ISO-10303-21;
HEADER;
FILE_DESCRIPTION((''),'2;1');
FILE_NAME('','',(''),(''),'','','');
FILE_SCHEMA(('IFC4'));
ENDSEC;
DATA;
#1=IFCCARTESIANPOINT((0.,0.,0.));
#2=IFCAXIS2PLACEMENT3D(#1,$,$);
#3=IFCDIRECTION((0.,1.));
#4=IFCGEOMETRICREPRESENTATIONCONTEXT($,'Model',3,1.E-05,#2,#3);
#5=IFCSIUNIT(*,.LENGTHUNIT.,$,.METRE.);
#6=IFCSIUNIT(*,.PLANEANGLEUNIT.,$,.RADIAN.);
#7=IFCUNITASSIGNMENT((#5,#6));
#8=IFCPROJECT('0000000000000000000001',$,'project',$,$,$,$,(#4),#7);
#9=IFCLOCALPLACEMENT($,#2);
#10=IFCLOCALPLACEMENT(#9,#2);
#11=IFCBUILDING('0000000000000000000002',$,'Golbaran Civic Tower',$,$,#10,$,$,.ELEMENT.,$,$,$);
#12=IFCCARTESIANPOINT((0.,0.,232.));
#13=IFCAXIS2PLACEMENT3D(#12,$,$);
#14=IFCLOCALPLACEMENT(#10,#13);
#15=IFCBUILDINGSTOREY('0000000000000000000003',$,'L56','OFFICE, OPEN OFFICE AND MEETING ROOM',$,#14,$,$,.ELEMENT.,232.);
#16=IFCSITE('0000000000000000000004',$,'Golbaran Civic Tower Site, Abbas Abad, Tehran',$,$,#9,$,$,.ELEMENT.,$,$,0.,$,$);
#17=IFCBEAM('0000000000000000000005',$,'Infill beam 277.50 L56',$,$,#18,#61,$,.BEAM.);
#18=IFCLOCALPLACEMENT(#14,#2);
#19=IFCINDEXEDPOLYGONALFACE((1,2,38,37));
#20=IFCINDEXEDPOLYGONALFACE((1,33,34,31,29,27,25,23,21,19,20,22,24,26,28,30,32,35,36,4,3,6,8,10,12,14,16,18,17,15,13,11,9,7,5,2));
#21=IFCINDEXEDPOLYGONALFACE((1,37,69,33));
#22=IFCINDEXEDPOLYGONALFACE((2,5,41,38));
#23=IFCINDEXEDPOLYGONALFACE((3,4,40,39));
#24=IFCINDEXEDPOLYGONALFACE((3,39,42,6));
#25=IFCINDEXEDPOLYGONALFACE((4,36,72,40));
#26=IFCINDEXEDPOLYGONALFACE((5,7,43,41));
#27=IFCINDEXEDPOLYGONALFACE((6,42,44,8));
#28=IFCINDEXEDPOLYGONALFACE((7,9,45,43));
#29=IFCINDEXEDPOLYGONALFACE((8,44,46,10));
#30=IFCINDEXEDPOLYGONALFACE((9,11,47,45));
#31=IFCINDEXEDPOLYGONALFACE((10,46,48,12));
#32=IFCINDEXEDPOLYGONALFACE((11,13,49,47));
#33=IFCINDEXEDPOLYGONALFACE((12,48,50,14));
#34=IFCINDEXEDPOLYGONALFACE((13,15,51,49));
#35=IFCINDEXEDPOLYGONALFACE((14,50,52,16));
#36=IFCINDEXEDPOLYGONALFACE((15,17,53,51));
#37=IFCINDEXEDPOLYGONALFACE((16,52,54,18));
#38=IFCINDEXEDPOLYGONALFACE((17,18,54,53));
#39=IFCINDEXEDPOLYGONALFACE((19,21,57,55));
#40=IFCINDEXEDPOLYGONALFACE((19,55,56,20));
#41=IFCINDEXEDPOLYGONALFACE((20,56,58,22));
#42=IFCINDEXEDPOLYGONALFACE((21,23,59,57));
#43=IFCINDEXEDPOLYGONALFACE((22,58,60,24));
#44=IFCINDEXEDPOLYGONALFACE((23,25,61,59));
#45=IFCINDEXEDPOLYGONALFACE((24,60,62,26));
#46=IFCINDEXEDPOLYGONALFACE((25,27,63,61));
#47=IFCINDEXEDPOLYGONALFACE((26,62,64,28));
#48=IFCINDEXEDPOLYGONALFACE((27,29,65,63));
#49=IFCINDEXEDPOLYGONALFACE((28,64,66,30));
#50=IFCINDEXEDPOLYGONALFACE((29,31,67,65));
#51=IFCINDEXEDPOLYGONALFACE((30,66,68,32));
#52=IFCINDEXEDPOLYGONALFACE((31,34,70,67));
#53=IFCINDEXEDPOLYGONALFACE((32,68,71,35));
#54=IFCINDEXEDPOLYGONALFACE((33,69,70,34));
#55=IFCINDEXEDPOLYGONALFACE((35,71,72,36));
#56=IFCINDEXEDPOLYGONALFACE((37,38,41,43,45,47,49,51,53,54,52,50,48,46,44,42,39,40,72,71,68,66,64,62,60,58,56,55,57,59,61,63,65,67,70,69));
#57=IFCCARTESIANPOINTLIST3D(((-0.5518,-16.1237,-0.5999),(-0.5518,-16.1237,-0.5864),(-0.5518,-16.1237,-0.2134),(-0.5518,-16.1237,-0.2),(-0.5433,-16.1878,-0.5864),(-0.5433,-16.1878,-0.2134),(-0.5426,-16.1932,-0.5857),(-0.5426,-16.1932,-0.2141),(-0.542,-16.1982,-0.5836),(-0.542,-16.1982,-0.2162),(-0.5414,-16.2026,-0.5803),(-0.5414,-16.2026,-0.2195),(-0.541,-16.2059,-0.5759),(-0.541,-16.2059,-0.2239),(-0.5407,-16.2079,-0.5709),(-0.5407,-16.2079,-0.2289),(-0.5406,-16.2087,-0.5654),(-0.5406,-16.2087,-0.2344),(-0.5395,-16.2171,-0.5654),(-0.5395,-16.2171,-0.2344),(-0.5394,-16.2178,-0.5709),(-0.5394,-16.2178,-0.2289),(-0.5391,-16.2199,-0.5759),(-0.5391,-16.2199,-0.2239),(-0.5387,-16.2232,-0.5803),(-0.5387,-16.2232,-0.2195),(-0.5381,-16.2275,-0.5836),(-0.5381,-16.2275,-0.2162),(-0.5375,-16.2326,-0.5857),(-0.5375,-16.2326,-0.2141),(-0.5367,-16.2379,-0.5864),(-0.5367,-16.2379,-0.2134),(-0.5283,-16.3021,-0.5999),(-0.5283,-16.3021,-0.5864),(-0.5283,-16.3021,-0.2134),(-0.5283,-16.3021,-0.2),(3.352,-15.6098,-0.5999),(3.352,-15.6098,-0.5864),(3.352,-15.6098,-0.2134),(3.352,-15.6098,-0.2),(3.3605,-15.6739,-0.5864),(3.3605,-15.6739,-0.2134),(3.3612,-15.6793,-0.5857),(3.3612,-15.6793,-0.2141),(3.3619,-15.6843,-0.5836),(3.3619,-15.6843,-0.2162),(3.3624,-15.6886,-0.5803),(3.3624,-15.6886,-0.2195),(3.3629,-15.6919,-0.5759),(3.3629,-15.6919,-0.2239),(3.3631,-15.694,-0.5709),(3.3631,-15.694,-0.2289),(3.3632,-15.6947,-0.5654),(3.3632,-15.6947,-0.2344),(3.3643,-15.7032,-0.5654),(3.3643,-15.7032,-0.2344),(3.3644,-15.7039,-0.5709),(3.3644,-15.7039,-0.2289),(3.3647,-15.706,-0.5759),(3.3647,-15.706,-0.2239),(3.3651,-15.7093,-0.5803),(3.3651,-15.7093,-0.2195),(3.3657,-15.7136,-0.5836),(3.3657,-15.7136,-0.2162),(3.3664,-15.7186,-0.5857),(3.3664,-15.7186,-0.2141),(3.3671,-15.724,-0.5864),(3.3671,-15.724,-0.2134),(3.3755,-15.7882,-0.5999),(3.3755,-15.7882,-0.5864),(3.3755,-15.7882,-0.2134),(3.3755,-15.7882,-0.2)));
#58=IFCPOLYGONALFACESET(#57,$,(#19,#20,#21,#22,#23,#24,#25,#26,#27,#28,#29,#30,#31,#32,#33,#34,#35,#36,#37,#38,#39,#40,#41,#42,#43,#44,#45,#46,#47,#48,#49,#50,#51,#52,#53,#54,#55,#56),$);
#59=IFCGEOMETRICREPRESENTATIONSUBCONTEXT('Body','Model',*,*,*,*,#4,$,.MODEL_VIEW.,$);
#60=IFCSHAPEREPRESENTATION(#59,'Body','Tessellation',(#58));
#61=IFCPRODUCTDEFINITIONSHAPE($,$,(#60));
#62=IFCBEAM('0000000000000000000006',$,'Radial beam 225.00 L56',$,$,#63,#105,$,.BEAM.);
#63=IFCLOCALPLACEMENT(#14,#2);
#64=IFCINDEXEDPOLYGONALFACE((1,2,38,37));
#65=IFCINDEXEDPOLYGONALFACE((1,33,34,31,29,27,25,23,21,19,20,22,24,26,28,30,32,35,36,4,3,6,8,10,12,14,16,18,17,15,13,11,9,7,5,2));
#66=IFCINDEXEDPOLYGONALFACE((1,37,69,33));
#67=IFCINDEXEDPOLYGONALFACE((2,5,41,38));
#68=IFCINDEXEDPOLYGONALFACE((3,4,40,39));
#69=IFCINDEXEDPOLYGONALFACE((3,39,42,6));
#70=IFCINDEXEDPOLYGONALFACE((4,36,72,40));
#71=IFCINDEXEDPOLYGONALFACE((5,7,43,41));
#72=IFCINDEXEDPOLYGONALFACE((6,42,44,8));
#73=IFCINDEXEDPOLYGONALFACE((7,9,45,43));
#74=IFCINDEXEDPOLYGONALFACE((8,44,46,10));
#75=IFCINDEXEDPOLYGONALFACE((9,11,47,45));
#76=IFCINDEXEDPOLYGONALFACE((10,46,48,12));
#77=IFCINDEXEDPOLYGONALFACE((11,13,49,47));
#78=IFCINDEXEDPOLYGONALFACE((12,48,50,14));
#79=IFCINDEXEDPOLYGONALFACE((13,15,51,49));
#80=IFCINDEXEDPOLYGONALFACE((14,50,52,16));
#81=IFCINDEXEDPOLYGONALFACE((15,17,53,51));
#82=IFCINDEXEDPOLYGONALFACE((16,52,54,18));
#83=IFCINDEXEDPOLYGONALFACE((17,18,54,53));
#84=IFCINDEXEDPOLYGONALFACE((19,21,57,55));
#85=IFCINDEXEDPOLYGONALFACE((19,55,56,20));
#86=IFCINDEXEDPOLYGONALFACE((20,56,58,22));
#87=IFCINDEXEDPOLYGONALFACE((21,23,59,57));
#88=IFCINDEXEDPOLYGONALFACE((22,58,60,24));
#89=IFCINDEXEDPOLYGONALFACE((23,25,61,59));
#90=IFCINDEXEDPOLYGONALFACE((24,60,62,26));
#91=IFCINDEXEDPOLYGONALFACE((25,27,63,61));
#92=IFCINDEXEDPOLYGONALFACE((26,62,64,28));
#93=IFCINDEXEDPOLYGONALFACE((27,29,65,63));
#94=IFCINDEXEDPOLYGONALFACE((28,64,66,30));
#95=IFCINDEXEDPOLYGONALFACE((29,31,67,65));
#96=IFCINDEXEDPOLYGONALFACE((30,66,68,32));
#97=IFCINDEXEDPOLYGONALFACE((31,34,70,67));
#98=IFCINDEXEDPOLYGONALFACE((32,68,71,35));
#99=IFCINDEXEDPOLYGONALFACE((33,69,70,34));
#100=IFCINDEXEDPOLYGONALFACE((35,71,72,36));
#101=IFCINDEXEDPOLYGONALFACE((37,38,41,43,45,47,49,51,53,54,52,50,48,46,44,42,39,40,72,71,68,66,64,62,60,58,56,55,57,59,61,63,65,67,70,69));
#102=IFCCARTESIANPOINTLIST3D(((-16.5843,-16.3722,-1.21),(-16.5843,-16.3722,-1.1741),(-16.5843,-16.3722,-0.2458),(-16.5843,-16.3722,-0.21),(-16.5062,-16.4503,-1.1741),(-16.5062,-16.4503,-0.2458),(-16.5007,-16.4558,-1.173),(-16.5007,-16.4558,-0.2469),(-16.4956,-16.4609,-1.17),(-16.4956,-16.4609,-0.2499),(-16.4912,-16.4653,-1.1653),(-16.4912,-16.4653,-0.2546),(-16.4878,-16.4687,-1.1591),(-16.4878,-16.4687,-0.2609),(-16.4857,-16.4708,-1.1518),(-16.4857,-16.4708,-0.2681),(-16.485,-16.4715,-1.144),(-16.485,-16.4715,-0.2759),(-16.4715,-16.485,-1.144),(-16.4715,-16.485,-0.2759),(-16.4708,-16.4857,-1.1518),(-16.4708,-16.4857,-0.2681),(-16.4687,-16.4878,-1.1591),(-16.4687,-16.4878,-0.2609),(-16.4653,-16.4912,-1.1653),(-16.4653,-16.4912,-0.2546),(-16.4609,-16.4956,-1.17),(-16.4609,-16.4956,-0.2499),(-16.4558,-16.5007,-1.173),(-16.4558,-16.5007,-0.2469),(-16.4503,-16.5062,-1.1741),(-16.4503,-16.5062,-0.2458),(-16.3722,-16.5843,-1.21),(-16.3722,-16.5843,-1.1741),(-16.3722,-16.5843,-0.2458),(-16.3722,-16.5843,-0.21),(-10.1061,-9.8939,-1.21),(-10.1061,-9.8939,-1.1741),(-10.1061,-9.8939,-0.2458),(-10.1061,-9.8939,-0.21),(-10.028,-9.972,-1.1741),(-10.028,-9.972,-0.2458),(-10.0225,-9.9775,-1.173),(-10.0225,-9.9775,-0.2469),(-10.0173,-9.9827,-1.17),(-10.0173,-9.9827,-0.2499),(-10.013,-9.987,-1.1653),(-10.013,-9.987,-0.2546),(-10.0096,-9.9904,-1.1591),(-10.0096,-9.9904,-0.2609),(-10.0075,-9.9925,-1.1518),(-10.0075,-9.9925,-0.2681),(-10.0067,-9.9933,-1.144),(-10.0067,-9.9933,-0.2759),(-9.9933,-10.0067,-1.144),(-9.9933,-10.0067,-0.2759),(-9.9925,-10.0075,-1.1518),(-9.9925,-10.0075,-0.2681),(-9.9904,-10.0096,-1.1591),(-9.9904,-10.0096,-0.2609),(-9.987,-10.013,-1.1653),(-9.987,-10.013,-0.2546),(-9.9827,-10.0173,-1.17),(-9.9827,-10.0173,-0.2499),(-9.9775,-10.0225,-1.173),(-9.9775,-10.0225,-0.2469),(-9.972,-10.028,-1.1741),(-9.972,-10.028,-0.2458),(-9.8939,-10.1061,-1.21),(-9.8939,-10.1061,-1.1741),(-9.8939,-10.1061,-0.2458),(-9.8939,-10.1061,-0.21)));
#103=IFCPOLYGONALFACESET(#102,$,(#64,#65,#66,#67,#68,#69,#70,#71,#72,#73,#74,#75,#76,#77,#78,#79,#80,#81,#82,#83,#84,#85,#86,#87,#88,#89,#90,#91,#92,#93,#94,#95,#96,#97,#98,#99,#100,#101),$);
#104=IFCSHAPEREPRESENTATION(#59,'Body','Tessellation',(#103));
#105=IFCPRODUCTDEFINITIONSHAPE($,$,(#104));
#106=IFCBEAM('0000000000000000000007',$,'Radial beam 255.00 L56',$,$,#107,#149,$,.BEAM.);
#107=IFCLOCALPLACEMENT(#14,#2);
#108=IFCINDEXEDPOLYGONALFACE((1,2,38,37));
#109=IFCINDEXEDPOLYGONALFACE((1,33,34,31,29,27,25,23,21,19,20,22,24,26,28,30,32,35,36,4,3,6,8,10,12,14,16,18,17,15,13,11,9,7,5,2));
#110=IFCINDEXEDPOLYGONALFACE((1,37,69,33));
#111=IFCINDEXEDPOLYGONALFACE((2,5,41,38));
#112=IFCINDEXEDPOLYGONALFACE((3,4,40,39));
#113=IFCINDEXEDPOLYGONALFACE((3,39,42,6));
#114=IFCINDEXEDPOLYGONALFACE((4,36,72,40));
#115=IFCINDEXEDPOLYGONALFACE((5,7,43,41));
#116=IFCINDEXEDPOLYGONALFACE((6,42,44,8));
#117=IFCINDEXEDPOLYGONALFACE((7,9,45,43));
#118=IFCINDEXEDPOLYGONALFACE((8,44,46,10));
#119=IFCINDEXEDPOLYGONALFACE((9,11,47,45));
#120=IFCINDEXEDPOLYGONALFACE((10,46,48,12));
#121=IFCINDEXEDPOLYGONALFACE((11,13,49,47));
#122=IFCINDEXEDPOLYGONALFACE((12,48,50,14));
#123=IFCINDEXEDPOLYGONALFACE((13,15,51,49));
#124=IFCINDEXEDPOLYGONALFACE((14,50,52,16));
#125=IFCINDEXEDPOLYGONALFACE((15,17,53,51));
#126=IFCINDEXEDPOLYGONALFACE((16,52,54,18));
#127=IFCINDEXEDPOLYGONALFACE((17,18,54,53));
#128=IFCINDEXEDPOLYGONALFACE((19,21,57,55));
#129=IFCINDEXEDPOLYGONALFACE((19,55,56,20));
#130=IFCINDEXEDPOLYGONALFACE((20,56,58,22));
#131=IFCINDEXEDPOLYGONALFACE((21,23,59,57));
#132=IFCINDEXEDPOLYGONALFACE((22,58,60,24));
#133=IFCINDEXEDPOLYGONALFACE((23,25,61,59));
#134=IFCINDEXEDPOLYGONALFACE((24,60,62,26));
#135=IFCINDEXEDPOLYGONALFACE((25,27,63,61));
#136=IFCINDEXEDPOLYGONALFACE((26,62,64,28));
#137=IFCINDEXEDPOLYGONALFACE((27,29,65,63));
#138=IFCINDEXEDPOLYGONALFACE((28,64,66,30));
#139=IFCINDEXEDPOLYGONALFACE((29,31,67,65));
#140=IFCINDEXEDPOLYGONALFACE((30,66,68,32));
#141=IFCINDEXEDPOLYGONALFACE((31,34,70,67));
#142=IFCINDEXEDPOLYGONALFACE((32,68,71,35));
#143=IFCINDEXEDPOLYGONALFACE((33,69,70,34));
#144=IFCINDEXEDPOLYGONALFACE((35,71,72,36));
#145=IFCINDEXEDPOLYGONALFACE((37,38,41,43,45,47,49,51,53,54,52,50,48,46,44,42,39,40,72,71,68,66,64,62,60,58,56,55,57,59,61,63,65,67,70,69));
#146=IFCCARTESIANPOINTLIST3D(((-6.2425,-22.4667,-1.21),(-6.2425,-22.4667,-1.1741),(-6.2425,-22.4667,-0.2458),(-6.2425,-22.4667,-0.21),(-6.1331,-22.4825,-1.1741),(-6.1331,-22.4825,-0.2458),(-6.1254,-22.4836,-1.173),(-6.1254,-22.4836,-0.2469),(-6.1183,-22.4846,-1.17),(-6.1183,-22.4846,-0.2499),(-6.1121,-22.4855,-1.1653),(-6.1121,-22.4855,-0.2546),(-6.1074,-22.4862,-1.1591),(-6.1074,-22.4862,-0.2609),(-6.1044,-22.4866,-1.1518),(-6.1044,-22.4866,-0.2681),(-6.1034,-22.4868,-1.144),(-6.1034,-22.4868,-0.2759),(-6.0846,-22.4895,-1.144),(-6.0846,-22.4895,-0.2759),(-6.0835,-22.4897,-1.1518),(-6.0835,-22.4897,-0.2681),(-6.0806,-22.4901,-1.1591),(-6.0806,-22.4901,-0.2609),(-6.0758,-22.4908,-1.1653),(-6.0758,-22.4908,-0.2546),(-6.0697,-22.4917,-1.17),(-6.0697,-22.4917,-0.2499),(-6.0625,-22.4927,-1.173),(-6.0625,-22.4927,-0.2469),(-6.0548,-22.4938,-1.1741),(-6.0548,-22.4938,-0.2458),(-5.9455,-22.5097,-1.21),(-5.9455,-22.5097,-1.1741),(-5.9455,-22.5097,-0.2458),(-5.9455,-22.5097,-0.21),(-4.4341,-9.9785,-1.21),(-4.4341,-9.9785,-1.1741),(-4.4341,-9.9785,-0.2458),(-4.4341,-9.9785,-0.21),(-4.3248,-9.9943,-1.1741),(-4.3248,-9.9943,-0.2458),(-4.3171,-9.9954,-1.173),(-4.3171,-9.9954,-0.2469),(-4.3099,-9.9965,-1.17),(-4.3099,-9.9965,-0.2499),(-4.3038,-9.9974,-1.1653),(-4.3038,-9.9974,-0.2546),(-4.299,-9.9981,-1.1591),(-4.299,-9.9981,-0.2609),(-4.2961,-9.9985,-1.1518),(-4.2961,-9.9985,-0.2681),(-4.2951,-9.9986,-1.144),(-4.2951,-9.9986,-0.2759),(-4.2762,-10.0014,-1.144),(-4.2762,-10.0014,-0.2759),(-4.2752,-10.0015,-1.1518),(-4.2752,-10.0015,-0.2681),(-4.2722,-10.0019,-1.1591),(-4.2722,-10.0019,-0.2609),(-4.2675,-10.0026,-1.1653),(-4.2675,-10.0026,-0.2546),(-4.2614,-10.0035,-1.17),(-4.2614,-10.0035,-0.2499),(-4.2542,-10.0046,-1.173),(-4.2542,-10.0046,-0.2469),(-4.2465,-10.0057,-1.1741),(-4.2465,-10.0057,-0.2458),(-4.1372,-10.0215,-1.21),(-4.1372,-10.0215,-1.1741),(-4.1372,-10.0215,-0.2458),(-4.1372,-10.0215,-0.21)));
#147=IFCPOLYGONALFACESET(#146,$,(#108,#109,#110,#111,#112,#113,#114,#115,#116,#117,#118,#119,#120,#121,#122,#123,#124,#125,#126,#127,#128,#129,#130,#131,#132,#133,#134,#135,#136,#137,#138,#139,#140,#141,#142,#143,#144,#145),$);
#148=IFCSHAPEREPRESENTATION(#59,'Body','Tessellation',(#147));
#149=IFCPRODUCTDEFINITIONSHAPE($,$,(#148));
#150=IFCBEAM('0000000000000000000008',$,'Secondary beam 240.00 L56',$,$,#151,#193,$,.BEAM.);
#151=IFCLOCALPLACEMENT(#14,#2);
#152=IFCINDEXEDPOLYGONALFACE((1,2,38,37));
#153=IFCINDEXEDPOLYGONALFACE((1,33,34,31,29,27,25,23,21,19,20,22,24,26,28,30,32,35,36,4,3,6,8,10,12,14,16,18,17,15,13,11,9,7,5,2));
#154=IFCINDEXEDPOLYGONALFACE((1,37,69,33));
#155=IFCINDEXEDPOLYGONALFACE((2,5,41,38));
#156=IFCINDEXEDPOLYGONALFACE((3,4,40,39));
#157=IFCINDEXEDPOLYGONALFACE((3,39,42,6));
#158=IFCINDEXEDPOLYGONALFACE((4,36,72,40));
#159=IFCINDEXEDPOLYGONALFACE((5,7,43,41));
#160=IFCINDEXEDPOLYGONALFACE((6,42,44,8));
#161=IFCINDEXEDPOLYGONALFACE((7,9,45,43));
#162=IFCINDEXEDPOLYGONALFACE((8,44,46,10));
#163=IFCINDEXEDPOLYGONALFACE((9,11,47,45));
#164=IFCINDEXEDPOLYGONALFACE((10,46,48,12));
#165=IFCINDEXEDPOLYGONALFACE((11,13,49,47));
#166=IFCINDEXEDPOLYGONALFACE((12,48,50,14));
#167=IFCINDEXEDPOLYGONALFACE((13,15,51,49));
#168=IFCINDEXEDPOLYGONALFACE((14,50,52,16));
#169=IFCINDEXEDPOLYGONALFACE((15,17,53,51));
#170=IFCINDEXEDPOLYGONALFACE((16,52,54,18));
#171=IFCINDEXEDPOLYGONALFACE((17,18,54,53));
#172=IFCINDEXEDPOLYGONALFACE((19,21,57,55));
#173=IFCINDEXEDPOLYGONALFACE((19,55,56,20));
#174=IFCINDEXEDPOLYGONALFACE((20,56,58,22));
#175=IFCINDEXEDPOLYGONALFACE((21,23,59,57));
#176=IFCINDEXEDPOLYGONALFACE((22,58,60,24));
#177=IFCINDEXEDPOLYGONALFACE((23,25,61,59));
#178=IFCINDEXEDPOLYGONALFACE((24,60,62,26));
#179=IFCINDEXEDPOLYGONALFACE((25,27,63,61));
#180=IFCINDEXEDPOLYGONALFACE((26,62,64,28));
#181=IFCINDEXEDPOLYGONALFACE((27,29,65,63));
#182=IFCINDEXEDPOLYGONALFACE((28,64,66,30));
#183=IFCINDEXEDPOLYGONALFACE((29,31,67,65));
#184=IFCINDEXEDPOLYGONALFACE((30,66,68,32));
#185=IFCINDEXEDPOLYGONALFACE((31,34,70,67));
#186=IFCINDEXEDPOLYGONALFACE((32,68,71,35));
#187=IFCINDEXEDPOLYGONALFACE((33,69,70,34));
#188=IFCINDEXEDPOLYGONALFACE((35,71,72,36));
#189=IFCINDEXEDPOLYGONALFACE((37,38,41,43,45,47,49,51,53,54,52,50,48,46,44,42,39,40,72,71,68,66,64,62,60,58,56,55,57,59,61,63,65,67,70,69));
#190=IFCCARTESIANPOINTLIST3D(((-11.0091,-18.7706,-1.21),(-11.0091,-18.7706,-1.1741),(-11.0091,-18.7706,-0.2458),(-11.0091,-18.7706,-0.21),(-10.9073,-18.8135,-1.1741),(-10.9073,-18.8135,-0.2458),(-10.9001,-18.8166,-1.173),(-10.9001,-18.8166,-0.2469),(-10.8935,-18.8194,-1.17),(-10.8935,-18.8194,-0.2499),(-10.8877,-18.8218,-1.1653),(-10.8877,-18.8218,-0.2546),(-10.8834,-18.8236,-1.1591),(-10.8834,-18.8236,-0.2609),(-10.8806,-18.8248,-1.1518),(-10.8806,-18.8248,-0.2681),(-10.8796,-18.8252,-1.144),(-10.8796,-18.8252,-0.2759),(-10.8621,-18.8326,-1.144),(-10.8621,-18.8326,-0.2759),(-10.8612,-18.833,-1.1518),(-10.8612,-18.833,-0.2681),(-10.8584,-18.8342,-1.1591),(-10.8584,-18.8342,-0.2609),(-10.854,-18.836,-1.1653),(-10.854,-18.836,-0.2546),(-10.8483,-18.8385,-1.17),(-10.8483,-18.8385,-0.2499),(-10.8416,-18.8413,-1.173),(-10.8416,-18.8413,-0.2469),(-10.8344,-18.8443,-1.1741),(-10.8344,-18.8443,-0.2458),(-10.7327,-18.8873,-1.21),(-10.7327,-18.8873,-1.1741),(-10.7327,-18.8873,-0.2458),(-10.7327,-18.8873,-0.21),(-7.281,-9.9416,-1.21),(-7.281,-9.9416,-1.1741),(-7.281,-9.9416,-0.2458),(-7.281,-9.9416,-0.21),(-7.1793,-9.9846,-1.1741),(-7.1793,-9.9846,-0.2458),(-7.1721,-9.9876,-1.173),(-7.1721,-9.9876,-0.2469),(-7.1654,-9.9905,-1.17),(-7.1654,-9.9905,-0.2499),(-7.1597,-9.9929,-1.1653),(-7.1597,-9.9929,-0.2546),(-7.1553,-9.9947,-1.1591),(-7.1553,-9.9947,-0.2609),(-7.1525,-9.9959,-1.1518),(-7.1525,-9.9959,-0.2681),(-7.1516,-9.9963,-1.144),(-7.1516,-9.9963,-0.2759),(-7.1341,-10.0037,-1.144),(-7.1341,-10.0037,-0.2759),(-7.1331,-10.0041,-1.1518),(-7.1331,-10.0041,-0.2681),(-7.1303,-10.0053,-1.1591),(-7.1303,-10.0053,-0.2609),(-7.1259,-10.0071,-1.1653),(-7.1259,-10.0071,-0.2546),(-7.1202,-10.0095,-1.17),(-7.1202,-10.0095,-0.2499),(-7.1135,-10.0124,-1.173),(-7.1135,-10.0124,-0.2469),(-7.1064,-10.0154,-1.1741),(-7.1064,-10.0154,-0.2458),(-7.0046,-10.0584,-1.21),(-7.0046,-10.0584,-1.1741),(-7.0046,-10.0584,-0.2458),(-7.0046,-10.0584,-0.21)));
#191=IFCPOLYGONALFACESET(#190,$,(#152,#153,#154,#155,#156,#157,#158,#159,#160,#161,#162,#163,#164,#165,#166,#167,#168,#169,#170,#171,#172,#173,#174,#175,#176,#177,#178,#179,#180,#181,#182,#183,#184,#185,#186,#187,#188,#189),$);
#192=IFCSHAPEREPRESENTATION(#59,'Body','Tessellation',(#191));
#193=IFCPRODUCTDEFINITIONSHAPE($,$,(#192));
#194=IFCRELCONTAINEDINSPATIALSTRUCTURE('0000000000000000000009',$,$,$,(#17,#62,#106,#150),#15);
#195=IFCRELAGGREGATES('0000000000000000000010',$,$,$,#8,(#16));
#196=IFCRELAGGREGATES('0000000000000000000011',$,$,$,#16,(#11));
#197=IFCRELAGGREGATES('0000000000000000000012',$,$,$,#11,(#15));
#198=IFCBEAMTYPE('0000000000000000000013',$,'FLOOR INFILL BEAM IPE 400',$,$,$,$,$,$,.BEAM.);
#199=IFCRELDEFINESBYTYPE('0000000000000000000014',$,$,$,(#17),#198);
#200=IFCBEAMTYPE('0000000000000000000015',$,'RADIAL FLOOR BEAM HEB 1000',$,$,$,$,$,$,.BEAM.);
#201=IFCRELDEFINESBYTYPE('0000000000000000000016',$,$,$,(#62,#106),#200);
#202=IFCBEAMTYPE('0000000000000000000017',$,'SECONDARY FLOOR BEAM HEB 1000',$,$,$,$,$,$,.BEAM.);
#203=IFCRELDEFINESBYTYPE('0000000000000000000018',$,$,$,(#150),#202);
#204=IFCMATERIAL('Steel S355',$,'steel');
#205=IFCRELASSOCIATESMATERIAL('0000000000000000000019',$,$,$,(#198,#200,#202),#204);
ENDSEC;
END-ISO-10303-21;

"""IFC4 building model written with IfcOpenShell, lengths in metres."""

from ifc_helpers import new_model, si_unit, direction, frame, origin, origin_2d, place, context, subcontext, project, spatial, i_section, extrude, material, material_profile, profile_set, type_object, element, save


model = new_model("IFC4")

# Units and contexts
model_context = context("Model", 3, precision=1e-05, world=origin(), true_north=direction((0.0, 1.0)))
body_context = subcontext(model_context, "Body", "Model", "MODEL_VIEW")
ifc_project = project(units=[si_unit("LENGTHUNIT", "METRE"), si_unit("PLANEANGLEUNIT", "RADIAN")], contexts=[model_context])

# Site, building, storey
site_placement = place(None, origin())
site = spatial("IfcSite", under=ifc_project, at=site_placement, Name="Golbaran Civic Tower Site, Abbas Abad, Tehran", CompositionType="ELEMENT", RefElevation=0.0)
building_placement = place(site_placement, origin())
building = spatial("IfcBuilding", under=site, at=building_placement, Name="Golbaran Civic Tower", CompositionType="ELEMENT")
storey_placement = place(building_placement, frame((0.0, 0.0, 232.0)))
storey = spatial("IfcBuildingStorey", under=building, at=storey_placement, Name="L56", Description="OFFICE, OPEN OFFICE AND MEETING ROOM", CompositionType="ELEMENT", Elevation=232.0)

# Beams
ifc_material_1 = material(Name="Steel S355", Category="steel")
ifc_material_profile_1 = material_profile(ifc_material_1, i_section(OverallWidth=0.1799, OverallDepth=0.3999, WebThickness=0.0085, FlangeThickness=0.0134, FilletRadius=0.021, at=origin_2d()), Name="IPE 400")
ifc_profile_set_1 = profile_set([ifc_material_profile_1], Name="Steel S355")
beam_type_1 = type_object("IfcBeamType", Name="FLOOR INFILL BEAM IPE 400", PredefinedType="BEAM", material=ifc_profile_set_1)
beam_1_placement = place(storey_placement, frame((-0.54, -16.2129, -0.3999), z_axis=(0.991446, 0.130519, 0.0), x_axis=(-0.130519, 0.991446, 0.0)))
element("IfcBeam", 1, at=beam_1_placement, inside=storey, type_object=beam_type_1, Name="Infill beam 277.50 L56", PredefinedType="BEAM", context=body_context, shape_type="SweptSolid", body=[
    extrude(i_section(OverallWidth=0.1799, OverallDepth=0.3999, WebThickness=0.0085, FlangeThickness=0.0134, FilletRadius=0.021, at=origin_2d()), origin(), (0.0, 0.0, 1.0), 3.9375),
])
ifc_material_profile_2 = material_profile(ifc_material_1, i_section(OverallWidth=0.3, OverallDepth=1.0, WebThickness=0.019, FlangeThickness=0.0359, FilletRadius=0.03, at=origin_2d()), Name="HEB 1000")
ifc_profile_set_2 = profile_set([ifc_material_profile_2], Name="Steel S355")
beam_type_2 = type_object("IfcBeamType", Name="RADIAL FLOOR BEAM HEB 1000", PredefinedType="BEAM", material=ifc_profile_set_2)
beam_2_placement = place(storey_placement, frame((-10.0, -10.0, -0.71), z_axis=(-0.707107, -0.707107, 0.0), x_axis=(0.707107, -0.707107, 0.0)))
element("IfcBeam", 2, at=beam_2_placement, inside=storey, type_object=beam_type_2, Name="Radial beam 225.00 L56", PredefinedType="BEAM", context=body_context, shape_type="SweptSolid", body=[
    extrude(i_section(OverallWidth=0.3, OverallDepth=1.0, WebThickness=0.019, FlangeThickness=0.0359, FilletRadius=0.03, at=origin_2d()), origin(), (0.0, 0.0, 1.0), 9.1616),
])
beam_3_placement = place(storey_placement, frame((-4.2856, -10.0, -0.71), z_axis=(-0.143309, -0.989678, 0.0), x_axis=(0.989678, -0.143309, 0.0)))
element("IfcBeam", 3, at=beam_3_placement, inside=storey, type_object=beam_type_2, Name="Radial beam 255.00 L56", PredefinedType="BEAM", context=body_context, shape_type="SweptSolid", body=[
    extrude(i_section(OverallWidth=0.3, OverallDepth=1.0, WebThickness=0.019, FlangeThickness=0.0359, FilletRadius=0.03, at=origin_2d()), origin(), (0.0, 0.0, 1.0), 12.6184),
])
ifc_material_profile_3 = material_profile(ifc_material_1, i_section(OverallWidth=0.3, OverallDepth=1.0, WebThickness=0.019, FlangeThickness=0.0359, FilletRadius=0.03, at=origin_2d()), Name="HEB 1000")
ifc_profile_set_3 = profile_set([ifc_material_profile_3], Name="Steel S355")
beam_type_3 = type_object("IfcBeamType", Name="SECONDARY FLOOR BEAM HEB 1000", PredefinedType="BEAM", material=ifc_profile_set_3)
beam_4_placement = place(storey_placement, frame((-7.1428, -10.0, -0.71), z_axis=(-0.388998, -0.921239, 0.0), x_axis=(0.921239, -0.388998, 0.0)))
element("IfcBeam", 4, at=beam_4_placement, inside=storey, type_object=beam_type_3, Name="Secondary beam 240.00 L56", PredefinedType="BEAM", context=body_context, shape_type="SweptSolid", body=[
    extrude(i_section(OverallWidth=0.3, OverallDepth=1.0, WebThickness=0.019, FlangeThickness=0.0359, FilletRadius=0.03, at=origin_2d()), origin(), (0.0, 0.0, 1.0), 9.5837),
])

save(model, "model.ifc")
